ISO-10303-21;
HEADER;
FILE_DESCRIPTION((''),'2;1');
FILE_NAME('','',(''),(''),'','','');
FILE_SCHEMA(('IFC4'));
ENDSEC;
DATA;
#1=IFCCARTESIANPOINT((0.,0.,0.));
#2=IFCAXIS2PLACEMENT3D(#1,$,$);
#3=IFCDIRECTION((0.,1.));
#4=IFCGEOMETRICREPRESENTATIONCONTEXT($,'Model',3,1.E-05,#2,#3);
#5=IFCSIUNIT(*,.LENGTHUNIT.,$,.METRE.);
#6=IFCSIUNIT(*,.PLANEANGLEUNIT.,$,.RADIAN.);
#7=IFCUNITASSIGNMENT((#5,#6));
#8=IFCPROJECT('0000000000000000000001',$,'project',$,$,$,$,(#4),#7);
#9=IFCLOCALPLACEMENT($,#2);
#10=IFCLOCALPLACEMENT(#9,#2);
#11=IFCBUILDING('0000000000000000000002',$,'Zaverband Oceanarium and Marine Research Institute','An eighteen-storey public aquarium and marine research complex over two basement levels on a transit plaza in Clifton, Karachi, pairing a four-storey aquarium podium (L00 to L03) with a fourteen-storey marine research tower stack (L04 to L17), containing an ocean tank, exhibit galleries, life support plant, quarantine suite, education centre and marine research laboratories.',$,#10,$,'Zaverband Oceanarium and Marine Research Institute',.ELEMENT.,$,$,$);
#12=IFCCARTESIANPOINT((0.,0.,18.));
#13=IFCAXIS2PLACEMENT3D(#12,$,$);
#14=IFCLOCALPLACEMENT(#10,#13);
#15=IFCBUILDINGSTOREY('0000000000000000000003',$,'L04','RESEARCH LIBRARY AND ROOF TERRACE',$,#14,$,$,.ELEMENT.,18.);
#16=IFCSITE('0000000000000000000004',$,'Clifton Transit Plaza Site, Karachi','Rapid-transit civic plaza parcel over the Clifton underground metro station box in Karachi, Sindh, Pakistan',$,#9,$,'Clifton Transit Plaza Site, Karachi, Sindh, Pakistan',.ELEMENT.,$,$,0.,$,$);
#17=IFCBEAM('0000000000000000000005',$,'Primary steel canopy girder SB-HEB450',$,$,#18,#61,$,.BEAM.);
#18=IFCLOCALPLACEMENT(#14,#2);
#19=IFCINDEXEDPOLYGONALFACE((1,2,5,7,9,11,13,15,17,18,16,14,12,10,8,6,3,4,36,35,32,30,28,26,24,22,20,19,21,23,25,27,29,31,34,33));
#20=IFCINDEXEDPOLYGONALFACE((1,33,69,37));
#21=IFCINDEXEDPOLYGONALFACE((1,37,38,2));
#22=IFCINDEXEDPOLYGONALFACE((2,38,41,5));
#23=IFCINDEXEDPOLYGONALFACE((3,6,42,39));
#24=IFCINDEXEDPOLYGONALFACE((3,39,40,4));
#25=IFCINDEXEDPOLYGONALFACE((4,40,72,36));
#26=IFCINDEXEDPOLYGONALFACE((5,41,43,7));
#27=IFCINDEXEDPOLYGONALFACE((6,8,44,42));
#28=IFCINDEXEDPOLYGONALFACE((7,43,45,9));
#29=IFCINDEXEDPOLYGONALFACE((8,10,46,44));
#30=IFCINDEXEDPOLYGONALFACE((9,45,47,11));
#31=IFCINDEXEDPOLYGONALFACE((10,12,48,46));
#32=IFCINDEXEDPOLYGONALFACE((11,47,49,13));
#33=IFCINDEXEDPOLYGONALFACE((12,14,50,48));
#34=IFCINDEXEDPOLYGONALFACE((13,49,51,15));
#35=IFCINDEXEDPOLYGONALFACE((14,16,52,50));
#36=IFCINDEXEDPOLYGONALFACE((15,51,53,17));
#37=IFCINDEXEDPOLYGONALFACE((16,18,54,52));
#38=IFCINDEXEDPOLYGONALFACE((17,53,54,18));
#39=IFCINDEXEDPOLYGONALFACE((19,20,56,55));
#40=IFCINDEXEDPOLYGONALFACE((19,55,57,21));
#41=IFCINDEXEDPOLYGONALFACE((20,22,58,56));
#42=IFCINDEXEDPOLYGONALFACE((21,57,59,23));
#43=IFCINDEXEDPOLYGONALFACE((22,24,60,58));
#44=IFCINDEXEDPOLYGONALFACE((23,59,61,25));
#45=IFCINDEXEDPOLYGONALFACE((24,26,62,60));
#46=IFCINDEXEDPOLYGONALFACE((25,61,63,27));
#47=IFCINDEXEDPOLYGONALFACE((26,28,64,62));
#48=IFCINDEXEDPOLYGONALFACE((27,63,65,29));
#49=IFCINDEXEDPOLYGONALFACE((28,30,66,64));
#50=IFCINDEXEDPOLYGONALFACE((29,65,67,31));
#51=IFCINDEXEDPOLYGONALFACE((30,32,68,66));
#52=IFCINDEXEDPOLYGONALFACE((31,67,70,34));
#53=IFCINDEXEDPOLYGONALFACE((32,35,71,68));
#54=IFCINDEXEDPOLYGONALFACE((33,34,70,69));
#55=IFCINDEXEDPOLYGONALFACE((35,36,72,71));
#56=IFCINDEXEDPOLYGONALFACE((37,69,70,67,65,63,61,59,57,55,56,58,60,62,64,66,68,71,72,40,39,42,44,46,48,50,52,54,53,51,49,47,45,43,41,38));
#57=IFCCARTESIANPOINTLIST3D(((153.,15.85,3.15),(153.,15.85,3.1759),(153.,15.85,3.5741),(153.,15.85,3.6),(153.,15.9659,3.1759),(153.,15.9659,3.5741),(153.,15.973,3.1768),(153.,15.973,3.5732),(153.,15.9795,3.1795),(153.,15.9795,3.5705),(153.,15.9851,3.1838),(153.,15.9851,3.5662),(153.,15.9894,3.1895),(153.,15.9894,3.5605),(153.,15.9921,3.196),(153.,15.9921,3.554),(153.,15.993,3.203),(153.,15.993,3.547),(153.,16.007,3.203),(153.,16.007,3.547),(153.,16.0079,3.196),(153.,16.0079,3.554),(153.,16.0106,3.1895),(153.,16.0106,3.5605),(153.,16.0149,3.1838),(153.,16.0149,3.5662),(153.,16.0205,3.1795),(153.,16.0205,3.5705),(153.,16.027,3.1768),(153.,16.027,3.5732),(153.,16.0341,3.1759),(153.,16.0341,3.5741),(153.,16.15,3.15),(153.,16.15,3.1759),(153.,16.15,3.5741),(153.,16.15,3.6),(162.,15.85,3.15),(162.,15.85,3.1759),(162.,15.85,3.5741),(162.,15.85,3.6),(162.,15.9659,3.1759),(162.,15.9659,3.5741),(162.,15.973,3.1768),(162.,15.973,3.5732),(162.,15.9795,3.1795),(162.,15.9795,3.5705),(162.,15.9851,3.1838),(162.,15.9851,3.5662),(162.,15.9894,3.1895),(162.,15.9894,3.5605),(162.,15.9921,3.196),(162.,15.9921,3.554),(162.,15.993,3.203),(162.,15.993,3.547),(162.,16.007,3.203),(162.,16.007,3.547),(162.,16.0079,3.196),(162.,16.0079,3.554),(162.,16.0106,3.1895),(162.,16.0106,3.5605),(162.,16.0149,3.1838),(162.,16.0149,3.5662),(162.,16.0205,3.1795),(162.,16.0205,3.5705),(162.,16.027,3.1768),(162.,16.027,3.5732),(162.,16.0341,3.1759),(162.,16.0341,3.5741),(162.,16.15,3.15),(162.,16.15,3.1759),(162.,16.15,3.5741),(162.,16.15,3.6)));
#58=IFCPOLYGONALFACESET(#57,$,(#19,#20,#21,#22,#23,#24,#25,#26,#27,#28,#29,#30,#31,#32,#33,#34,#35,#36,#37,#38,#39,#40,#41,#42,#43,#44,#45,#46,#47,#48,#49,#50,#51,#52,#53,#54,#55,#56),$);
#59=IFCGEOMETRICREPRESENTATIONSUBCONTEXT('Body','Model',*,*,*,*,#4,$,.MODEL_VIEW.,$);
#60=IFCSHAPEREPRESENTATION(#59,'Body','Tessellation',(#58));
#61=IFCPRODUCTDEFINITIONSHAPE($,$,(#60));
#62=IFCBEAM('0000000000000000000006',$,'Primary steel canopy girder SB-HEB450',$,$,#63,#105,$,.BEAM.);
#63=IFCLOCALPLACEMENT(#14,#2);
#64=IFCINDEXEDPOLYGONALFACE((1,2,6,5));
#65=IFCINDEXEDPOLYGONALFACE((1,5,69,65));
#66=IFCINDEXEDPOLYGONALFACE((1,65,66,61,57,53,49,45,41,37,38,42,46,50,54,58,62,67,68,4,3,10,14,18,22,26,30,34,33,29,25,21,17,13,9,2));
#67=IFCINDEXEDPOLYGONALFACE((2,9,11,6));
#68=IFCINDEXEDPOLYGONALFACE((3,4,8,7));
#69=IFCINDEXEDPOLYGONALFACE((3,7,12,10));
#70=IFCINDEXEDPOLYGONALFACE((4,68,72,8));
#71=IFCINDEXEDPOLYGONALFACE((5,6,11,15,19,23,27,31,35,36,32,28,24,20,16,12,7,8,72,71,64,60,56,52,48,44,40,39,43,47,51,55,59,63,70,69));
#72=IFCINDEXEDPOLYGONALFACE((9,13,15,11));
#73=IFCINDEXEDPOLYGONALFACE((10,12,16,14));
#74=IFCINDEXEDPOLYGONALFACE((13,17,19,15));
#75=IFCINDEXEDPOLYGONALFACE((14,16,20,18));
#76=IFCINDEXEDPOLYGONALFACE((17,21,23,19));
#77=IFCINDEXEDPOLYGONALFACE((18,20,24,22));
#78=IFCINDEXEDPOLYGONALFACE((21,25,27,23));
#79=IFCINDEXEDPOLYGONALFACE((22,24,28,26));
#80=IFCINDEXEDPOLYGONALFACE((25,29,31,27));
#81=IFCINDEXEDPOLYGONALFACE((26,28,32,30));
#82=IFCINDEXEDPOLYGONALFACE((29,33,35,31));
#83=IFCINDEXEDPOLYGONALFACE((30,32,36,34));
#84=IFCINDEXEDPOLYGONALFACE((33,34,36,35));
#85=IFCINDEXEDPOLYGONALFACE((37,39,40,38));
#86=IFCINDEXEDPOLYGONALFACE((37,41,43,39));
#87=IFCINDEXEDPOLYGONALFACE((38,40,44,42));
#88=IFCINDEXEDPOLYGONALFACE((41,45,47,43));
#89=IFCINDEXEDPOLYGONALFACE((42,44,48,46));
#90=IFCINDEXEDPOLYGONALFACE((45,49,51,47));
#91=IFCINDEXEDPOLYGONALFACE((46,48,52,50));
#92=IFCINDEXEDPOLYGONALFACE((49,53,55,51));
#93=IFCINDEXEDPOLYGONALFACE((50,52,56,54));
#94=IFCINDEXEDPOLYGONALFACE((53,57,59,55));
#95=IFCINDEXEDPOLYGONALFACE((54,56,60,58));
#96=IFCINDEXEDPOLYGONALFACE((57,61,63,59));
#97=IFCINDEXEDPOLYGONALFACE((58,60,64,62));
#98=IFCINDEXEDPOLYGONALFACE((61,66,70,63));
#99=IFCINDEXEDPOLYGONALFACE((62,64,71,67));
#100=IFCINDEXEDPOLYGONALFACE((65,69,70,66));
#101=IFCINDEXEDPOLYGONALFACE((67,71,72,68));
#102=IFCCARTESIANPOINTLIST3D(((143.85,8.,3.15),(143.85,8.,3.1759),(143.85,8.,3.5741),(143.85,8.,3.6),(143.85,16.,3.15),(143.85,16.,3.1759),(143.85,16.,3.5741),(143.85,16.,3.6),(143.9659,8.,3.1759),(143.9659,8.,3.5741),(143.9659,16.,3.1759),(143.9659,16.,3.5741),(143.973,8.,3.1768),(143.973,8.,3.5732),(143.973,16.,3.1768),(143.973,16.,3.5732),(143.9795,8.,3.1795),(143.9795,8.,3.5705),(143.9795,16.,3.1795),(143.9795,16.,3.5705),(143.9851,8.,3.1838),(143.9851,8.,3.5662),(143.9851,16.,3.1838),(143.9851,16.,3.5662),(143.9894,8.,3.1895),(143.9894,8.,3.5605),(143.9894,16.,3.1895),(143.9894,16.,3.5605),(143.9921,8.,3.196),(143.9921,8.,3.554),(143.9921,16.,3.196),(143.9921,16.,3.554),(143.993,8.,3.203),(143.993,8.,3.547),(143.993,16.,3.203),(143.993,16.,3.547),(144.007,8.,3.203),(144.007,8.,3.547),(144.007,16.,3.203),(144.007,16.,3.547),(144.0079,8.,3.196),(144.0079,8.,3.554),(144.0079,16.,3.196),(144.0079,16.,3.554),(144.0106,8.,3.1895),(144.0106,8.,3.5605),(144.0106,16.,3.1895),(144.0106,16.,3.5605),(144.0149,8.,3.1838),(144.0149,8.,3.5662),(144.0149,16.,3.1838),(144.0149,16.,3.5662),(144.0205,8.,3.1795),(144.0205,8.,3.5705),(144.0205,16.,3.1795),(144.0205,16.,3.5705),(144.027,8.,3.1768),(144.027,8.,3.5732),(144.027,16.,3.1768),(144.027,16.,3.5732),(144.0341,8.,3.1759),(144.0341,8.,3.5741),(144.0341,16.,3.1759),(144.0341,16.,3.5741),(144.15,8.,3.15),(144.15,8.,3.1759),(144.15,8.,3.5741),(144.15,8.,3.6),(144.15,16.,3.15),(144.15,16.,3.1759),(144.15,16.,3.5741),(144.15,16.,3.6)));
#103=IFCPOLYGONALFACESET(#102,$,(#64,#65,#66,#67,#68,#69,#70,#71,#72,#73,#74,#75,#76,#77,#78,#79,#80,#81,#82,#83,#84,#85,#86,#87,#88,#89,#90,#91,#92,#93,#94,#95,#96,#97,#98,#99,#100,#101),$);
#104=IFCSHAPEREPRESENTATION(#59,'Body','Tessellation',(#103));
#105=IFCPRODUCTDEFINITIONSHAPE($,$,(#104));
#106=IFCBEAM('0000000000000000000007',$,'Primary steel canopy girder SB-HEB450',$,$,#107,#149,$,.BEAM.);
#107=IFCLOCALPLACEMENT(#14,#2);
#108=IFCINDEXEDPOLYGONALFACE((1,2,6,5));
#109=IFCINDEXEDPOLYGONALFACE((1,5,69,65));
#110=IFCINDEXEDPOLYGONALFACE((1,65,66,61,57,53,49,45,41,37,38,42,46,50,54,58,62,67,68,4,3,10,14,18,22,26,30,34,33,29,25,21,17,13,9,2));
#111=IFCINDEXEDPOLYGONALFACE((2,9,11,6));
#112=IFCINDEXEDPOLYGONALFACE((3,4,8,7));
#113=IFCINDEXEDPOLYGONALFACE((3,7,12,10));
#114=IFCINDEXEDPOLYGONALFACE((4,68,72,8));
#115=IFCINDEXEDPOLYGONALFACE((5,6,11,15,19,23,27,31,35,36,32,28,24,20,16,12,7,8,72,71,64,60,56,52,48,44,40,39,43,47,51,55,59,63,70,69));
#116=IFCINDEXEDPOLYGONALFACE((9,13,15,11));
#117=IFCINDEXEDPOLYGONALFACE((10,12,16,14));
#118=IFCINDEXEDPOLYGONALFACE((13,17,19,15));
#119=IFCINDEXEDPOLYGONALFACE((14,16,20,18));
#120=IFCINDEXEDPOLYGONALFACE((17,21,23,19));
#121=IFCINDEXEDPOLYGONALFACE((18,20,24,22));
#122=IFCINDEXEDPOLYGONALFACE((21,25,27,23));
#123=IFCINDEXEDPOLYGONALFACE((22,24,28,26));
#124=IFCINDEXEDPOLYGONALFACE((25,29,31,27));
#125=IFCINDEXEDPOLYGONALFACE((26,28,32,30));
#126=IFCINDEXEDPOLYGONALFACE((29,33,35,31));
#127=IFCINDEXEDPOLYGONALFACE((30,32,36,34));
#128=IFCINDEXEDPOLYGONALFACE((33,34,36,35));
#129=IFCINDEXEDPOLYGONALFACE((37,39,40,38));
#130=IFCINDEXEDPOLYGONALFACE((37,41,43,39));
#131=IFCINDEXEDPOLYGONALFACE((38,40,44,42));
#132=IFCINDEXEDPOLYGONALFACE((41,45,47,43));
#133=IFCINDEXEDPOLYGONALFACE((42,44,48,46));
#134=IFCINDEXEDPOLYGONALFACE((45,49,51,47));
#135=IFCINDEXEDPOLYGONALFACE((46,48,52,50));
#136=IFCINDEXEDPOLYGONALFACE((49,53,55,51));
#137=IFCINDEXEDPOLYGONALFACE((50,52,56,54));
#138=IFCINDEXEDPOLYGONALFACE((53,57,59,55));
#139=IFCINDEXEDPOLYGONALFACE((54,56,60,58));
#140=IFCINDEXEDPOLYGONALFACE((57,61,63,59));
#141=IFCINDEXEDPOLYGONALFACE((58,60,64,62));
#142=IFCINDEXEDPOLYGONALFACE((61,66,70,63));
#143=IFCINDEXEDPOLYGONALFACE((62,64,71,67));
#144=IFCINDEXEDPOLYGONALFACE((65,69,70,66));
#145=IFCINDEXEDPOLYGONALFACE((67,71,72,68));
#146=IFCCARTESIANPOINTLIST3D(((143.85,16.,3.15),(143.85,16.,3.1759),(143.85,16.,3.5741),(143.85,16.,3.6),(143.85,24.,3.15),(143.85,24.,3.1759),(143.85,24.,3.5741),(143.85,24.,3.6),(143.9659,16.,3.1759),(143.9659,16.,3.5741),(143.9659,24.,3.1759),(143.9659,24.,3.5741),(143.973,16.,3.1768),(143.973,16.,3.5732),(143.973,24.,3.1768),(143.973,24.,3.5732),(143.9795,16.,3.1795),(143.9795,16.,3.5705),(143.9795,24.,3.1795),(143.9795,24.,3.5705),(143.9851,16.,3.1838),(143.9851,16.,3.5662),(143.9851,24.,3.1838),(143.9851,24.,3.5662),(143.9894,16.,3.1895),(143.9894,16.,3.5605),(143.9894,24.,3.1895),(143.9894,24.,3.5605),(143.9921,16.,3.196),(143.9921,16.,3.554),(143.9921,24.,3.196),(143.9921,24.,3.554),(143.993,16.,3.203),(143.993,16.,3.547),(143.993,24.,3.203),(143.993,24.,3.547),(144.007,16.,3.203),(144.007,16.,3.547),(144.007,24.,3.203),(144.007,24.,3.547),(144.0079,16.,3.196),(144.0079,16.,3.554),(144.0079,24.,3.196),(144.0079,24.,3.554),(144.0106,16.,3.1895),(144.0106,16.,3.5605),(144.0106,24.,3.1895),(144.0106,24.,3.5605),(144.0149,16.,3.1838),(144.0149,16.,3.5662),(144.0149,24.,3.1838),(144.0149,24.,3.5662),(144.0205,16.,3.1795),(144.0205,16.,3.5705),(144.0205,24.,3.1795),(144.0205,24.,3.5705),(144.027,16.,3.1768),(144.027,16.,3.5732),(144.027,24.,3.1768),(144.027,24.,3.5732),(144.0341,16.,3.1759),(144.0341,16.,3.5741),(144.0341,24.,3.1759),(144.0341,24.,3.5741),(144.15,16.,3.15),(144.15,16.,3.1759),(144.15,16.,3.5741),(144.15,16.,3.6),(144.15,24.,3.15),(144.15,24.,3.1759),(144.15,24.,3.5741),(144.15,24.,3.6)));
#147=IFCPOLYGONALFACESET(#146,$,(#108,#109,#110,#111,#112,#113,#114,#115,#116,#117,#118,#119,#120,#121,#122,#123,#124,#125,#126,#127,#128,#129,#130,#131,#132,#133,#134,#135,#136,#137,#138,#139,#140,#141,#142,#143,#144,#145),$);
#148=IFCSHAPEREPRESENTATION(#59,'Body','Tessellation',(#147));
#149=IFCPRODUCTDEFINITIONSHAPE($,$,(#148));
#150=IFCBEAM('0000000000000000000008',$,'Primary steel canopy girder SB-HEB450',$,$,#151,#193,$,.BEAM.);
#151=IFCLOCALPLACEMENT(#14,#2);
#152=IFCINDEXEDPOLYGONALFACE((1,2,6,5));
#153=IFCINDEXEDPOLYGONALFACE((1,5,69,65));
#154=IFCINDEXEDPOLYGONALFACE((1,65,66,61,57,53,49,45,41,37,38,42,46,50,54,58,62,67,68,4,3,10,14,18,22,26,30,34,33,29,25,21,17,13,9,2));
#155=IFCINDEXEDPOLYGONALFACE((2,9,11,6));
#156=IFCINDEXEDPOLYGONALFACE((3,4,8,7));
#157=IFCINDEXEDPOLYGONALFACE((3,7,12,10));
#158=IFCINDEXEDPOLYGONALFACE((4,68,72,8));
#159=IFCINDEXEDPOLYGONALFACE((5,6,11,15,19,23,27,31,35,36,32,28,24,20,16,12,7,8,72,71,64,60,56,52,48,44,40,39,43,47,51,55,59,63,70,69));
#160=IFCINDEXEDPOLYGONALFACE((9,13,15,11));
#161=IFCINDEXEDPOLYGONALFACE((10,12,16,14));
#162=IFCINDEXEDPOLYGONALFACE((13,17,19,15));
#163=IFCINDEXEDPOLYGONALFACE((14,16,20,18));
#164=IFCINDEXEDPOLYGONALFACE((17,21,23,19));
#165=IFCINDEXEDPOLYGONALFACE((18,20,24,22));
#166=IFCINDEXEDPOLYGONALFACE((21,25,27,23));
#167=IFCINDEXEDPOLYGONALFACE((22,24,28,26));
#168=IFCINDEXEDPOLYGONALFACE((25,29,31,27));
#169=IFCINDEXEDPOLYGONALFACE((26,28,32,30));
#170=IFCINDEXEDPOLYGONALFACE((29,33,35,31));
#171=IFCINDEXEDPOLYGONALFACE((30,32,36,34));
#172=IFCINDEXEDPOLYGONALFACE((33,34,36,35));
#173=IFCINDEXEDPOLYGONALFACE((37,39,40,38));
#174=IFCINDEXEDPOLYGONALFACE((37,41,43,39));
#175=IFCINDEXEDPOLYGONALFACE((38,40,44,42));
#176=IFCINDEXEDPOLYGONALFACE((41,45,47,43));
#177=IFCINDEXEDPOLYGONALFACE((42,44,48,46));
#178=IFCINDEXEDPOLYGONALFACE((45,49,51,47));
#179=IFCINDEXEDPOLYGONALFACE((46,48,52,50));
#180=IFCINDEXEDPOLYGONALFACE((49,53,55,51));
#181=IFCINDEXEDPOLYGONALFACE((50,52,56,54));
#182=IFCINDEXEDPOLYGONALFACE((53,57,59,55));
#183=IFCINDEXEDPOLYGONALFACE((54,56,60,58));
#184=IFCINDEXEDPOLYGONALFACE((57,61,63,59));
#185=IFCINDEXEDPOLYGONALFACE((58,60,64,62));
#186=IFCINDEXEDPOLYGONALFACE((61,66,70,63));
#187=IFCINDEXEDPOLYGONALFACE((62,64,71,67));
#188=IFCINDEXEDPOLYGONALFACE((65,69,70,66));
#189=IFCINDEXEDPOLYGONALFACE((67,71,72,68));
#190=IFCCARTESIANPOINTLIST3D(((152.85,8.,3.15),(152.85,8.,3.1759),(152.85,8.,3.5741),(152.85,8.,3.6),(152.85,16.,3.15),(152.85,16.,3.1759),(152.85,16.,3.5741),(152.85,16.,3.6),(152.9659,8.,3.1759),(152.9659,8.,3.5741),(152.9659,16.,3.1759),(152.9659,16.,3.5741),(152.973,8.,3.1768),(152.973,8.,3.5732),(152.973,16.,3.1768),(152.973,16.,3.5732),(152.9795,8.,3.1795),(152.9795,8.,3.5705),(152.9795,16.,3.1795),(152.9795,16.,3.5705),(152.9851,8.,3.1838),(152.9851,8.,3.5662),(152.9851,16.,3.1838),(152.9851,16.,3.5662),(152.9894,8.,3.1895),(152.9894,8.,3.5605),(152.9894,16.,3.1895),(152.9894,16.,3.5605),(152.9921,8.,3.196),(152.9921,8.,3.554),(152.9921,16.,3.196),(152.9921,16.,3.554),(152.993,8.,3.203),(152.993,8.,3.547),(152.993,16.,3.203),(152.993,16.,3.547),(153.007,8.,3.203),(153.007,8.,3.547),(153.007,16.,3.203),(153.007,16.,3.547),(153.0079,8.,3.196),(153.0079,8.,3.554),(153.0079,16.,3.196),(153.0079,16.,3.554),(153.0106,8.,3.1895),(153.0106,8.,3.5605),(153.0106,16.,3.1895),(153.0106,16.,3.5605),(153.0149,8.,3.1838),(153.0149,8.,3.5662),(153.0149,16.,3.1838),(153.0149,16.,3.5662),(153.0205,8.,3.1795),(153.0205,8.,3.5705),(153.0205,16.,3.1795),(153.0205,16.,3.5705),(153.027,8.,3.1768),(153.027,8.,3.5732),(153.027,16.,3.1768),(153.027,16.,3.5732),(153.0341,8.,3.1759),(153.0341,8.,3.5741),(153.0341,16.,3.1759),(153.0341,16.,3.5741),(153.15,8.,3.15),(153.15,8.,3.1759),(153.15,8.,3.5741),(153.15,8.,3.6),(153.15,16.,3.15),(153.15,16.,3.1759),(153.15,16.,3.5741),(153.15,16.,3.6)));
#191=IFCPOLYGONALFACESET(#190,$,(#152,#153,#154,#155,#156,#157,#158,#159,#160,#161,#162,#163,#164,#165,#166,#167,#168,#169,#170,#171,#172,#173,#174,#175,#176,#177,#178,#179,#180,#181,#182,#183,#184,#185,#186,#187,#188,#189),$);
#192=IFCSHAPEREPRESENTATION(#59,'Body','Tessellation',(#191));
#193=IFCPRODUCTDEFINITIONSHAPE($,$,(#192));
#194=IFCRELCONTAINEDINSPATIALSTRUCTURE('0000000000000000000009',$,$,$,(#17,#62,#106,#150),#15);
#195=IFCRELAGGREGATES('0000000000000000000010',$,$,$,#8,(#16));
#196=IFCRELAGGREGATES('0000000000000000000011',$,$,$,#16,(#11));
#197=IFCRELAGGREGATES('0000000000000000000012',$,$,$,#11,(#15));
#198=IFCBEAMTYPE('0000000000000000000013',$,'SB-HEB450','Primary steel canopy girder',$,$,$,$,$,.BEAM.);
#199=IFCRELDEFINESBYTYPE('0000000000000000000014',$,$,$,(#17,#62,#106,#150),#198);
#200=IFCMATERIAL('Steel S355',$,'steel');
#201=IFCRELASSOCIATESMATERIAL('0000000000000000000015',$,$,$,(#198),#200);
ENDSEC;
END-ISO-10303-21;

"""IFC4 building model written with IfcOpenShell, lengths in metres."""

from ifc_helpers import new_model, si_unit, direction, frame, origin, origin_2d, place, context, subcontext, project, spatial, i_section, extrude, material, material_profile, profile_set, type_object, element, save


model = new_model("IFC4")

# Units and contexts
model_context = context("Model", 3, precision=1e-05, world=origin(), true_north=direction((0.0, 1.0)))
body_context = subcontext(model_context, "Body", "Model", "MODEL_VIEW")
ifc_project = project(units=[si_unit("LENGTHUNIT", "METRE"), si_unit("PLANEANGLEUNIT", "RADIAN")], contexts=[model_context])

# Site, building, storey
site_placement = place(None, origin())
site = spatial("IfcSite", under=ifc_project, at=site_placement, Name="Clifton Transit Plaza Site, Karachi", Description="Rapid-transit civic plaza parcel over the Clifton underground metro station box in Karachi, Sindh, Pakistan", LongName="Clifton Transit Plaza Site, Karachi, Sindh, Pakistan", CompositionType="ELEMENT", RefElevation=0.0)
building_placement = place(site_placement, origin())
building = spatial("IfcBuilding", under=site, at=building_placement, Name="Zaverband Oceanarium and Marine Research Institute", Description="An eighteen-storey public aquarium and marine research complex over two basement levels on a transit plaza in Clifton, Karachi, pairing a four-storey aquarium podium (L00 to L03) with a fourteen-storey marine research tower stack (L04 to L17), containing an ocean tank, exhibit galleries, life support plant, quarantine suite, education centre and marine research laboratories.", LongName="Zaverband Oceanarium and Marine Research Institute", CompositionType="ELEMENT")
storey_placement = place(building_placement, frame((0.0, 0.0, 18.0)))
storey = spatial("IfcBuildingStorey", under=building, at=storey_placement, Name="L04", Description="RESEARCH LIBRARY AND ROOF TERRACE", CompositionType="ELEMENT", Elevation=18.0)

# Beams
ifc_material_1 = material(Name="Steel S355", Category="steel")
ifc_material_profile_1 = material_profile(ifc_material_1, i_section(OverallWidth=0.3, OverallDepth=0.45, WebThickness=0.0139, FlangeThickness=0.0259, FilletRadius=0.0271, at=origin_2d()), Name="HEB450")
ifc_profile_set_1 = profile_set([ifc_material_profile_1], Name="Steel S355")
beam_type = type_object("IfcBeamType", Name="SB-HEB450", Description="Primary steel canopy girder", PredefinedType="BEAM", material=ifc_profile_set_1)
for number, where, z_axis, x_axis, name in (
    (1, (153.0, 16.0, 3.375), (1.0, 0.0, 0.0), (0.0, 1.0, 0.0), "Primary steel canopy girder SB-HEB450"),
):
    element("IfcBeam", number, at=place(storey_placement, frame(where, z_axis=z_axis, x_axis=x_axis)), inside=storey, type_object=beam_type, Name=name, PredefinedType="BEAM", context=body_context, shape_type="SweptSolid", body=[
        extrude(i_section(OverallWidth=0.3, OverallDepth=0.45, WebThickness=0.0139, FlangeThickness=0.0259, FilletRadius=0.0271, at=origin_2d()), origin(), (0.0, 0.0, 1.0), 9.0),
    ])
for number, where, z_axis, x_axis, name in (
    (2, (144.0, 8.0, 3.375), (0.0, 1.0, 0.0), (-1.0, 0.0, 0.0), "Primary steel canopy girder SB-HEB450"),
    (3, (144.0, 16.0, 3.375), (0.0, 1.0, 0.0), (-1.0, 0.0, 0.0), "Primary steel canopy girder SB-HEB450"),
    (4, (153.0, 8.0, 3.375), (0.0, 1.0, 0.0), (-1.0, 0.0, 0.0), "Primary steel canopy girder SB-HEB450"),
):
    element("IfcBeam", number, at=place(storey_placement, frame(where, z_axis=z_axis, x_axis=x_axis)), inside=storey, type_object=beam_type, Name=name, PredefinedType="BEAM", context=body_context, shape_type="SweptSolid", body=[
        extrude(i_section(OverallWidth=0.3, OverallDepth=0.45, WebThickness=0.0139, FlangeThickness=0.0259, FilletRadius=0.0271, at=origin_2d()), origin(), (0.0, 0.0, 1.0), 8.0),
    ])

save(model, "model.ifc")
